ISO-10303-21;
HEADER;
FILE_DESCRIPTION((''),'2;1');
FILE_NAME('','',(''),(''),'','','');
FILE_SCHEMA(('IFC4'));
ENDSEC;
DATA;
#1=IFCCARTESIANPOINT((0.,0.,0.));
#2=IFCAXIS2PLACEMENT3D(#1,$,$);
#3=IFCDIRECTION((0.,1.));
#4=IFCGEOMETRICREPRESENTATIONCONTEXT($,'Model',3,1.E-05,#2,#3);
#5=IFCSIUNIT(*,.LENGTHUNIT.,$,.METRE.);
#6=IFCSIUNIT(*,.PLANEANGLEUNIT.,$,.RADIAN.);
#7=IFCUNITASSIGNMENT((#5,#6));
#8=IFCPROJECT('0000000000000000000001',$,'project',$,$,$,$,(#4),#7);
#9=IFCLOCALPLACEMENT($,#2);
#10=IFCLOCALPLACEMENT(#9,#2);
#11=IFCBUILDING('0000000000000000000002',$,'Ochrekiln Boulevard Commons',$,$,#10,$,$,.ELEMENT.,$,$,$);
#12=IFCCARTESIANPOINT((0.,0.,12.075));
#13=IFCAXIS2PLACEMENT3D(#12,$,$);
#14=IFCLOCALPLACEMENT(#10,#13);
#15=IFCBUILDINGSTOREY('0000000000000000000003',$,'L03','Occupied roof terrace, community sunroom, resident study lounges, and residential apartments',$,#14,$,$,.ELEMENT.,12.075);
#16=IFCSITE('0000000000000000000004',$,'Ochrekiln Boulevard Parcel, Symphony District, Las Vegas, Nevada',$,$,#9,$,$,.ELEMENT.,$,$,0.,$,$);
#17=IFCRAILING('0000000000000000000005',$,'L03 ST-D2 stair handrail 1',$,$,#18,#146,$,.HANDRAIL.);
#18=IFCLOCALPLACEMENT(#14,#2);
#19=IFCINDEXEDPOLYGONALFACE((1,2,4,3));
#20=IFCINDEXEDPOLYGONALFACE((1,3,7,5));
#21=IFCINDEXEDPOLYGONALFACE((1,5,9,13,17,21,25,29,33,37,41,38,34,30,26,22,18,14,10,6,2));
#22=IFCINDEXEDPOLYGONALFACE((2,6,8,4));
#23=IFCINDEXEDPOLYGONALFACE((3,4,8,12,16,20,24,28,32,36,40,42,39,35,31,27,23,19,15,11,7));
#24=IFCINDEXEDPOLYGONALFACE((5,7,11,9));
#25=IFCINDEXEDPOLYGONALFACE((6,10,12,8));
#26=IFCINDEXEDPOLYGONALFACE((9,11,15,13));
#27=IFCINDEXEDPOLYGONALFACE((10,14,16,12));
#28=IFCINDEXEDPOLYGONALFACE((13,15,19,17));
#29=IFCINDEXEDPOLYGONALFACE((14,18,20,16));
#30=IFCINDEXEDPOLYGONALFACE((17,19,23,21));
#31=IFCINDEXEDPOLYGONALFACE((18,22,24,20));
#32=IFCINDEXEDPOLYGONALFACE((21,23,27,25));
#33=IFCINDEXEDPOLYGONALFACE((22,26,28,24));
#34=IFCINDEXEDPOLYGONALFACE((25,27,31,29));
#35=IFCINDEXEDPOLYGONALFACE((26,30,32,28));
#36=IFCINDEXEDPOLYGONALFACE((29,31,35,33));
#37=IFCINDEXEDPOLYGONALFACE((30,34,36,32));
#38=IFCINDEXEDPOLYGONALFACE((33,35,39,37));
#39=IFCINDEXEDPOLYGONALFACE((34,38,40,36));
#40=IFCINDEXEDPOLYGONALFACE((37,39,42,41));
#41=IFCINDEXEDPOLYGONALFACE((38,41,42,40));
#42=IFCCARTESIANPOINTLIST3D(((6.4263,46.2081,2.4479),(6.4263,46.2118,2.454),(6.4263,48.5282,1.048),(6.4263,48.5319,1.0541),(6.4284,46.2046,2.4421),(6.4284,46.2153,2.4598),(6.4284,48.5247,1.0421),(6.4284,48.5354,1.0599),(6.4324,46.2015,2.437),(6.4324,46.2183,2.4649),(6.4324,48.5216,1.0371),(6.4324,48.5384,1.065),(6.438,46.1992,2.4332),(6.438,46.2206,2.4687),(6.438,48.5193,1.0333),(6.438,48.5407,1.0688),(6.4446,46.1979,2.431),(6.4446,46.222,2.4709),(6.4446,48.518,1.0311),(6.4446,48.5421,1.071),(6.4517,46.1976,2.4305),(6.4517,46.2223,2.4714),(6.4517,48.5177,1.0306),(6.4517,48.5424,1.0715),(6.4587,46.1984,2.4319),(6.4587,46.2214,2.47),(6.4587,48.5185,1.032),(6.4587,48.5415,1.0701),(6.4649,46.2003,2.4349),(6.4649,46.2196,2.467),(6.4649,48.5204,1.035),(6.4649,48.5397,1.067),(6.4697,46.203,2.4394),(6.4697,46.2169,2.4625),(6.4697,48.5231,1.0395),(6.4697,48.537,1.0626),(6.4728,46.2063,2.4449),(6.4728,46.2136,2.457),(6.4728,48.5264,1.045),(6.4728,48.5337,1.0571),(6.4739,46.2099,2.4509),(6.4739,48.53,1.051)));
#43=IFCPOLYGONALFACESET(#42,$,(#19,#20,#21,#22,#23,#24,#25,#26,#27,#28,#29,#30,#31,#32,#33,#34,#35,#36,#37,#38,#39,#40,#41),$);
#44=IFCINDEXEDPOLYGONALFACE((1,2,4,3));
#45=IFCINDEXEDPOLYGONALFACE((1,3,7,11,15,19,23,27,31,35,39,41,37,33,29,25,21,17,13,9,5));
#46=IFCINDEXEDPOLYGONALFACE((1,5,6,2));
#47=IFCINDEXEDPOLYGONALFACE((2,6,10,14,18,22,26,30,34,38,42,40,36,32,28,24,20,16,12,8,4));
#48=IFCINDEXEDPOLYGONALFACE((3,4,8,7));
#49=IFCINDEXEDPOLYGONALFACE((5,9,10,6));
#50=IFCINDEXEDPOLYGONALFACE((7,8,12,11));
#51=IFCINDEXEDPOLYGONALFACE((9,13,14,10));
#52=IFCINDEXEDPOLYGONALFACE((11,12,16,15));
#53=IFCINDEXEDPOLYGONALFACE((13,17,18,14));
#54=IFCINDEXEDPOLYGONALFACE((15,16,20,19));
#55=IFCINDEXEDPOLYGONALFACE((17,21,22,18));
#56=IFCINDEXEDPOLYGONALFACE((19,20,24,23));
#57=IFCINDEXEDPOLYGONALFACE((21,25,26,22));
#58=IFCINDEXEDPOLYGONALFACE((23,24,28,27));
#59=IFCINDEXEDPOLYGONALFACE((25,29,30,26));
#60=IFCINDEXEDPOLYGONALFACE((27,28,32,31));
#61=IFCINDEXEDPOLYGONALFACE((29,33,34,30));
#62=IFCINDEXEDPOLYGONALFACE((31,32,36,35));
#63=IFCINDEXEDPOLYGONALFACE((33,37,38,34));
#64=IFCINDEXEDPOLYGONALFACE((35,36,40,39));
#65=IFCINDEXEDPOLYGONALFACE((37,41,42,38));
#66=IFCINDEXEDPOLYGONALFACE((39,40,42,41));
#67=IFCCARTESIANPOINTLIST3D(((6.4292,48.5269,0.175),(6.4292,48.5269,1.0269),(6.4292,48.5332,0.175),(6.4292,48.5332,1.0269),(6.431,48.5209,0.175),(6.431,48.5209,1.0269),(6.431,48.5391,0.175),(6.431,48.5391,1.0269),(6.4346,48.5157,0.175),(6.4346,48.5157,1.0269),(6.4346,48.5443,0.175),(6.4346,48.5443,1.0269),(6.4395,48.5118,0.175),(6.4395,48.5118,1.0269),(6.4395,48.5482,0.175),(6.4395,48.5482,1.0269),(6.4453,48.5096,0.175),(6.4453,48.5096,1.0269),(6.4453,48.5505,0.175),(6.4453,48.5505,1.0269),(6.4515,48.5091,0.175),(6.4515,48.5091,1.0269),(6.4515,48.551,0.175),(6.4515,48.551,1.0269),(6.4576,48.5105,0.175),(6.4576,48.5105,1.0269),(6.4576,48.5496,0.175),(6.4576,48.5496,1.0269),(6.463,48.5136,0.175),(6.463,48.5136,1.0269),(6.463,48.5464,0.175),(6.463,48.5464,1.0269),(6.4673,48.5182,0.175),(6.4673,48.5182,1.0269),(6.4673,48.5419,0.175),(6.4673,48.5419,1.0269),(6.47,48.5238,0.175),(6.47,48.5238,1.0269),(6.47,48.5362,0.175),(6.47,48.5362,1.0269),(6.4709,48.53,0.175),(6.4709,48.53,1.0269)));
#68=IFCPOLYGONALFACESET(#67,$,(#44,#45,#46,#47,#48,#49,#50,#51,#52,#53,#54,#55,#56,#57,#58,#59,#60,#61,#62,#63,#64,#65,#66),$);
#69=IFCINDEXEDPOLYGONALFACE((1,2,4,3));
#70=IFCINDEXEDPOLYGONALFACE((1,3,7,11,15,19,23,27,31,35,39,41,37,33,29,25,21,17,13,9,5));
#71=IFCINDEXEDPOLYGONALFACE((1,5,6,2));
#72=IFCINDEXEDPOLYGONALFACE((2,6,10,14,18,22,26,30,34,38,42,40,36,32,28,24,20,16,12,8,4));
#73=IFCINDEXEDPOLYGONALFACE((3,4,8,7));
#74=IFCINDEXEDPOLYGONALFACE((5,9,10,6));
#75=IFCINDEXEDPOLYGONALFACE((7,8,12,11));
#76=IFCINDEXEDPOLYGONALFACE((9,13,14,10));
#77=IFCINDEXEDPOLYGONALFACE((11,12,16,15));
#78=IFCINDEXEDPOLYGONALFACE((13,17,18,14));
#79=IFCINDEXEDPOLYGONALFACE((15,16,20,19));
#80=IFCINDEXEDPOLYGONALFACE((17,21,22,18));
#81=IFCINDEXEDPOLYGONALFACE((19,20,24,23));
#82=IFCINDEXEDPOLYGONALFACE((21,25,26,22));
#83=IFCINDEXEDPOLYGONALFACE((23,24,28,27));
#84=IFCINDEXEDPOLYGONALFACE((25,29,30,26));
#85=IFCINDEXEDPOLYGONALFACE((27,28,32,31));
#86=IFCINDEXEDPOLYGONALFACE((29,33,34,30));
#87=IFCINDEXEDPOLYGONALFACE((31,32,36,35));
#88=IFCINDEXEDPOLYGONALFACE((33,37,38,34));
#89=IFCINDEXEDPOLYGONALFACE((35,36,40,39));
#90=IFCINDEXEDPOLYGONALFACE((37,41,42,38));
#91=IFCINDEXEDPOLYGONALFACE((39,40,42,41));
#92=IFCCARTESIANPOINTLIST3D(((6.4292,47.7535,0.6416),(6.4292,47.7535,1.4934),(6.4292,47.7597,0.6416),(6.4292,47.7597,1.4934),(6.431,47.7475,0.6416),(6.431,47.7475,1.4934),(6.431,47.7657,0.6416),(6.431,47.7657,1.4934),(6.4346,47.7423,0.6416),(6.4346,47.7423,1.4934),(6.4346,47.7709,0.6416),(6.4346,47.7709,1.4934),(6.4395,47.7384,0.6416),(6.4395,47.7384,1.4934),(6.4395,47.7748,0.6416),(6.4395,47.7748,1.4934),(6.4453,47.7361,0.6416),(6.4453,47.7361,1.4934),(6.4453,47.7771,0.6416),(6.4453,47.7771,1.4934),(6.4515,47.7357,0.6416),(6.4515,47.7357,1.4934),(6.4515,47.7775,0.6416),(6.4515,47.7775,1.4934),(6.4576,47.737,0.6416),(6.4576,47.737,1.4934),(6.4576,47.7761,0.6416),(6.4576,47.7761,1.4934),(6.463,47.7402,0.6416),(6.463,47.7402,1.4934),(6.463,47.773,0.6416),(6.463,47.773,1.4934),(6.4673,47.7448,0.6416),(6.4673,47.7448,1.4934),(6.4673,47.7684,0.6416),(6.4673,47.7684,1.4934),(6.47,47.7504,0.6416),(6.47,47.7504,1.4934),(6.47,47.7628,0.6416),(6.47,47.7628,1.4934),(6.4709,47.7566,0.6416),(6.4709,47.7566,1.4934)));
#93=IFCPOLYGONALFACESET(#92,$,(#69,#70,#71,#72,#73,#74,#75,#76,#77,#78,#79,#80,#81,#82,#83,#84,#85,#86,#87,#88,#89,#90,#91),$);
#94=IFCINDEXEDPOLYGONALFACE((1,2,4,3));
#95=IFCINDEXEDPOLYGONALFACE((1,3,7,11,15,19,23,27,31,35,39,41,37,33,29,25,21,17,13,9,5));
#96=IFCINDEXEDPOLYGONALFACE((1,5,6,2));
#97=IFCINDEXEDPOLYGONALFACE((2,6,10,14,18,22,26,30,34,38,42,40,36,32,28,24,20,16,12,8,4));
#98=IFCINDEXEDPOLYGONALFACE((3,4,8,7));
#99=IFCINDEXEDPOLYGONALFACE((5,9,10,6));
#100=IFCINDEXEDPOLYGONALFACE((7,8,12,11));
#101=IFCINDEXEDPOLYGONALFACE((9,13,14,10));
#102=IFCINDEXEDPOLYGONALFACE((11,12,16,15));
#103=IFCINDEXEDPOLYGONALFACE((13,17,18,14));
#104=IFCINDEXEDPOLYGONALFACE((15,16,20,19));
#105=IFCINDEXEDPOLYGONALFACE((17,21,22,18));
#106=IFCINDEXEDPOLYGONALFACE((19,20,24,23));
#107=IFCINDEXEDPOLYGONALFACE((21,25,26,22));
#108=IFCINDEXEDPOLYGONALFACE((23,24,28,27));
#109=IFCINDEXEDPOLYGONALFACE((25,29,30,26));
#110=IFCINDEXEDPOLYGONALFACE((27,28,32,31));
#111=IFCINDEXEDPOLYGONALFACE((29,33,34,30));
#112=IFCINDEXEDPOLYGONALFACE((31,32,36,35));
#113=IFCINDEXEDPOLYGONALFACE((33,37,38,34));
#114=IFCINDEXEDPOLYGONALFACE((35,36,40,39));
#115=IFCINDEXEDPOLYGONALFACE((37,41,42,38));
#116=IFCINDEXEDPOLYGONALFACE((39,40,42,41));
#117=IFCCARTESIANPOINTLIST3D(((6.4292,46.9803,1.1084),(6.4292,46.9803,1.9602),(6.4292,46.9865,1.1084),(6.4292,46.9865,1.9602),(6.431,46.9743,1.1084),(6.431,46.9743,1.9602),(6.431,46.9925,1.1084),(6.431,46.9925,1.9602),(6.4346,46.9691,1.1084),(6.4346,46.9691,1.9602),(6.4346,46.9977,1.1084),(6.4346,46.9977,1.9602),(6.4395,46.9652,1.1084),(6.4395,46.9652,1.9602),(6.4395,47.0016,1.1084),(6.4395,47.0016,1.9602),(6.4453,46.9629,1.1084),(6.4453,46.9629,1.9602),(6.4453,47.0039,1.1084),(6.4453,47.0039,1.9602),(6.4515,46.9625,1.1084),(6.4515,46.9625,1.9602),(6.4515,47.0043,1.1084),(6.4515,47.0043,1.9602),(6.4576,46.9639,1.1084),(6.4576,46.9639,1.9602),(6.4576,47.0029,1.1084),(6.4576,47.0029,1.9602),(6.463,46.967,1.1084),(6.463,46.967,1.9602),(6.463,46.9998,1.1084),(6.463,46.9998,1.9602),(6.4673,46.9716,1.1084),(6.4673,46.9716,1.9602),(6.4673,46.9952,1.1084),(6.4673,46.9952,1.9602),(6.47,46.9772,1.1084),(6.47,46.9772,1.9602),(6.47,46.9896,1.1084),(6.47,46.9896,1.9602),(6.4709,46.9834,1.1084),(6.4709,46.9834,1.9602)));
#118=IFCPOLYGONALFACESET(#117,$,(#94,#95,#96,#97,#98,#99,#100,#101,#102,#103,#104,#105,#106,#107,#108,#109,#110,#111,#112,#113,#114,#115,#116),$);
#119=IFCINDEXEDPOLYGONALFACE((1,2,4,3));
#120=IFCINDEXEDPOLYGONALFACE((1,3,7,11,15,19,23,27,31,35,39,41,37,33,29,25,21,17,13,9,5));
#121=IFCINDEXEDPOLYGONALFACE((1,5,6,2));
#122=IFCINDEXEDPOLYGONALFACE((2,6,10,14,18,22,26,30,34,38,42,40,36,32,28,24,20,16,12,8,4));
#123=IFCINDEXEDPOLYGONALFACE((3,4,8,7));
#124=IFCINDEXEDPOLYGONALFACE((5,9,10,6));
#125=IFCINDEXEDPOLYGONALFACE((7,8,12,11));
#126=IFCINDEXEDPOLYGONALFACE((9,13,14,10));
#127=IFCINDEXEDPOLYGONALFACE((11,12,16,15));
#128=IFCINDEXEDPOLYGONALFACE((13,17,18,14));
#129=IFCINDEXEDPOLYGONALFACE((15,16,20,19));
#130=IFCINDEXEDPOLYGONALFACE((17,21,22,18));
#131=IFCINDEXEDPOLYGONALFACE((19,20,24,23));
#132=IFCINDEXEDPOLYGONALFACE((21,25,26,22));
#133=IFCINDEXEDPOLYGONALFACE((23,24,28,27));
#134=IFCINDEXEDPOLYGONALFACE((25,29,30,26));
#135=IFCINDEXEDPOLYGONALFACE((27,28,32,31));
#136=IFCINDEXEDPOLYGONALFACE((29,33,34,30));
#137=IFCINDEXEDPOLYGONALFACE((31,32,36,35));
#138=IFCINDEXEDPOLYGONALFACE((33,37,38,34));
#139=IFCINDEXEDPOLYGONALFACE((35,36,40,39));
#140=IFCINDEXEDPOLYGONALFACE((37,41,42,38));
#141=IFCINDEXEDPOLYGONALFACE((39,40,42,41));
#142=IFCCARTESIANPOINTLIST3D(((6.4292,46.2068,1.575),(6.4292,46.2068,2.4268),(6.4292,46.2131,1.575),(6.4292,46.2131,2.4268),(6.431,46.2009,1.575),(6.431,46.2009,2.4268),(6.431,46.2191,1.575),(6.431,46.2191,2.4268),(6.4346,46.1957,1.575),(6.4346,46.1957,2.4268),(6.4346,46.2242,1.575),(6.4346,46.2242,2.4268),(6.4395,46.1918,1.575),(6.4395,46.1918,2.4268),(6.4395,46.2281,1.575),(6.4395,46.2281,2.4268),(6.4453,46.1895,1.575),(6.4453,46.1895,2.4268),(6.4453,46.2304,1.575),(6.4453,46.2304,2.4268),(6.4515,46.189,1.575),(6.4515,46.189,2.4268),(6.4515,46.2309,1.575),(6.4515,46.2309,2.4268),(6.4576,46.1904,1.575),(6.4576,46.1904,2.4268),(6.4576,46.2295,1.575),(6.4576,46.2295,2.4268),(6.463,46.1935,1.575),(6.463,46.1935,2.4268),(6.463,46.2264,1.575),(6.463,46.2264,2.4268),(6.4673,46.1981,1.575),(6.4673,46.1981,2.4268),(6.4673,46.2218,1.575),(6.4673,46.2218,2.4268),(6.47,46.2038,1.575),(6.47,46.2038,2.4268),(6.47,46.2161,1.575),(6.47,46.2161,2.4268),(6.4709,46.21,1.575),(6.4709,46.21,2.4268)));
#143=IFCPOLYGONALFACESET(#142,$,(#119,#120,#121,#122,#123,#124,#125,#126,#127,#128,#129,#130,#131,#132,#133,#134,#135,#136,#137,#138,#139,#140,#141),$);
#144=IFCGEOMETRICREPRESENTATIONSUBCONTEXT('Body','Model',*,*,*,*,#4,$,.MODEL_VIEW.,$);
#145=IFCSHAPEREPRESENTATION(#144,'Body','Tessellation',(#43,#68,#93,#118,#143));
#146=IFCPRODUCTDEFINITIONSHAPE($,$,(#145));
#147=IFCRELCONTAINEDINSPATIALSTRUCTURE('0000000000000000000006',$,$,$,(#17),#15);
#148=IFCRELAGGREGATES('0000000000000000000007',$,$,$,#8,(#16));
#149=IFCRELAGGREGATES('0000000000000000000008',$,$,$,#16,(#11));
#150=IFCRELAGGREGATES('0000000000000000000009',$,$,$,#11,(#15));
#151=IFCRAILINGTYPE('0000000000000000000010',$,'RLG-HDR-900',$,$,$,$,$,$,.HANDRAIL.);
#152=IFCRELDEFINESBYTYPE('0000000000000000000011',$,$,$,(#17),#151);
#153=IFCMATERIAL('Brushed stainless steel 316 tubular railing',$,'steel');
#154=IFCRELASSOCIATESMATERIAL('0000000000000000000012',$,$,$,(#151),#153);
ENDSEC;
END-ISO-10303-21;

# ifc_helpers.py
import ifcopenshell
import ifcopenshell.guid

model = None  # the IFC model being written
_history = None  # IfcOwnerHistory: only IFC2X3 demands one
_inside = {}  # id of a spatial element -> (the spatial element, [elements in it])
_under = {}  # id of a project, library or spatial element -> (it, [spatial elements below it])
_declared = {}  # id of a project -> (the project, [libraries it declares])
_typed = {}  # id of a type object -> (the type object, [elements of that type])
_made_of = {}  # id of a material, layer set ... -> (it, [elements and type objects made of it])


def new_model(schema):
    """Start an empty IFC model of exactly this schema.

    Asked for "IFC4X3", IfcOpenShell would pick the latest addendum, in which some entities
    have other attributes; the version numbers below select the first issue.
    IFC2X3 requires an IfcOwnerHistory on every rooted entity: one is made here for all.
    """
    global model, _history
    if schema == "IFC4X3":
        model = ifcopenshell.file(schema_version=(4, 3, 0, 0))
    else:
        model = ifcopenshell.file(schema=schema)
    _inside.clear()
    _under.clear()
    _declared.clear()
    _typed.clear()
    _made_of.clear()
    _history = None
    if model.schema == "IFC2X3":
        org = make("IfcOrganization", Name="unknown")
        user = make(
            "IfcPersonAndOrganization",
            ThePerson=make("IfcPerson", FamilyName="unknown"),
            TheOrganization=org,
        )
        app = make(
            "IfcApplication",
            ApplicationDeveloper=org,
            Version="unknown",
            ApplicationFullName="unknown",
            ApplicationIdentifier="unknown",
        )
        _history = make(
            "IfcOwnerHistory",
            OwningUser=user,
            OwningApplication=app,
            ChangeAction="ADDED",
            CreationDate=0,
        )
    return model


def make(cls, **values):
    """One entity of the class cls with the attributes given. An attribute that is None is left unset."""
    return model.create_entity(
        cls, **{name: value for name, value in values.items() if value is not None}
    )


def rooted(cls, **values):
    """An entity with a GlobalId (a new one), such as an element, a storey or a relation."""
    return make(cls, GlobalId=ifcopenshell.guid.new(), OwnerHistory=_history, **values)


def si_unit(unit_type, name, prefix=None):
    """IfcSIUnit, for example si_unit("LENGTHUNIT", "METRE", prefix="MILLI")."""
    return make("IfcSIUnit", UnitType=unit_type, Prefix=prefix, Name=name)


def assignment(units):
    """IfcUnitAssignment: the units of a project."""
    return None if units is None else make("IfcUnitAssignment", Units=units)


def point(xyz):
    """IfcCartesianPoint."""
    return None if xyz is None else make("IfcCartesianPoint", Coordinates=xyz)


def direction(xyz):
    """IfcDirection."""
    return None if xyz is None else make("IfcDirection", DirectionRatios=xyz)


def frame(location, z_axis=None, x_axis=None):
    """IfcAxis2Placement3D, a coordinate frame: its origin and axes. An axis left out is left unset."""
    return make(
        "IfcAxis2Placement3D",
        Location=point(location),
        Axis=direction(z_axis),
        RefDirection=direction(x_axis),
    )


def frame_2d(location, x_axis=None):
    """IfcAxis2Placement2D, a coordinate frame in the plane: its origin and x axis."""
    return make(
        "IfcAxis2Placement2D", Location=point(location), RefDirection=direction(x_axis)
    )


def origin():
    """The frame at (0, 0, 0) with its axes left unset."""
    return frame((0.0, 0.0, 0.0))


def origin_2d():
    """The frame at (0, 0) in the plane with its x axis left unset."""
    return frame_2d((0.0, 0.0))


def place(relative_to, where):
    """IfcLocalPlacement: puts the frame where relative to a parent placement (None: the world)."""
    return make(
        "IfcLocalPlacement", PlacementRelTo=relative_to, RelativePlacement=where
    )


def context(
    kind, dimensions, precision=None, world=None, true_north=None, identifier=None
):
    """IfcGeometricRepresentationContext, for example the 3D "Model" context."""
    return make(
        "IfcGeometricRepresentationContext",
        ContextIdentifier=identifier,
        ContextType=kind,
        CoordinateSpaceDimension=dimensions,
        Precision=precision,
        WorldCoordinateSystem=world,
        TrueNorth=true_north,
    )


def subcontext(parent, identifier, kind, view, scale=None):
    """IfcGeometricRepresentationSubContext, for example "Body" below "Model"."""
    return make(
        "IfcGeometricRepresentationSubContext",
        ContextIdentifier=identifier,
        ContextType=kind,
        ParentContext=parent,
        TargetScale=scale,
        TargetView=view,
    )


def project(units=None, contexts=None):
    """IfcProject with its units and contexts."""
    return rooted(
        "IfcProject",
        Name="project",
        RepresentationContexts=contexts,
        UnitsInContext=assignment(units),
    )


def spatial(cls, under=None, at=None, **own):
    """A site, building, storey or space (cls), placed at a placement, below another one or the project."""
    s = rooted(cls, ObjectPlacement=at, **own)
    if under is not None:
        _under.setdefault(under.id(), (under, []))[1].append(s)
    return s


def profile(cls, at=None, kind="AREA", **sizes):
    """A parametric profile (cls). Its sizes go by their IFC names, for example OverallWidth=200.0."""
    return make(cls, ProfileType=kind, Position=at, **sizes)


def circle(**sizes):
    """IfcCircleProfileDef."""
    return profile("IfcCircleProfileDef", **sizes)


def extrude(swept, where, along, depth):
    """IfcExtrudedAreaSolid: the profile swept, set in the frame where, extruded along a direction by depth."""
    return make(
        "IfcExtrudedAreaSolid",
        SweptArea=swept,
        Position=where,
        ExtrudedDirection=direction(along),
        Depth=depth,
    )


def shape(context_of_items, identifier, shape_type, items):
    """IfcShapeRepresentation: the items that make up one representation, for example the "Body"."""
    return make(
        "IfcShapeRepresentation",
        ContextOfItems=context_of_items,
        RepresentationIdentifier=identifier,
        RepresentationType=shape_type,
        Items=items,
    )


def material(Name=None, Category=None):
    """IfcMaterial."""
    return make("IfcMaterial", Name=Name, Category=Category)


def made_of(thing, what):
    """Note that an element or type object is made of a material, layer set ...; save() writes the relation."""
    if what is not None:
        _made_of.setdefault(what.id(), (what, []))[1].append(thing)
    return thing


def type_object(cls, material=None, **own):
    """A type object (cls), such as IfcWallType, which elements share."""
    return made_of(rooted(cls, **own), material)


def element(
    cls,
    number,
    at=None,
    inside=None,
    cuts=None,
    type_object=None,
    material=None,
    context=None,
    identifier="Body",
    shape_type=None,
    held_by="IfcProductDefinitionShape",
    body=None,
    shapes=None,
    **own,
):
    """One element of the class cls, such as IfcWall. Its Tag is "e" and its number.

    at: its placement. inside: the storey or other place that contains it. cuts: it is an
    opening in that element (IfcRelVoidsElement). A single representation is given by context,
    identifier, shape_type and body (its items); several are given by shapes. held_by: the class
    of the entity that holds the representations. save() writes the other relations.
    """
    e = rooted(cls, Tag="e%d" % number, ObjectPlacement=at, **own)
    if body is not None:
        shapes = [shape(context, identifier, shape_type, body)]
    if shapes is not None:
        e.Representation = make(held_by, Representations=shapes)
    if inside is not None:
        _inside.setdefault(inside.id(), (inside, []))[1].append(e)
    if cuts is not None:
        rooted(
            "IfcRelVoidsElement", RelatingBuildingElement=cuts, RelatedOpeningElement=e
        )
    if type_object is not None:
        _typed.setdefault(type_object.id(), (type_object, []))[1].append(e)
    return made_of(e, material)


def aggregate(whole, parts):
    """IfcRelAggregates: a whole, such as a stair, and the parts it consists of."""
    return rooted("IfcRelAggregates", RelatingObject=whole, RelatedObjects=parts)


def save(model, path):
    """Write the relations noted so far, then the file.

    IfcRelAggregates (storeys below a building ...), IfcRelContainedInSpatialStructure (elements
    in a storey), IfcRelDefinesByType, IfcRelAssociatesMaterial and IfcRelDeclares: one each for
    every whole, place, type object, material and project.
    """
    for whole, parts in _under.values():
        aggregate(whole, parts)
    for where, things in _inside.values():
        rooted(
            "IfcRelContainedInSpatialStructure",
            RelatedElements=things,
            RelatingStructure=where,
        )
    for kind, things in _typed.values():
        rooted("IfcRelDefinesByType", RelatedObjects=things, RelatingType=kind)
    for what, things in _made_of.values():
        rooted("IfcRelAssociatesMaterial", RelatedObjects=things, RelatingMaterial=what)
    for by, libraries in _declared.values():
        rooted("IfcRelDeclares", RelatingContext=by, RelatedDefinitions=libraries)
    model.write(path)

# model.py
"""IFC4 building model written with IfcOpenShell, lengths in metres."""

from ifc_helpers import new_model, si_unit, direction, frame, origin, origin_2d, place, context, subcontext, project, spatial, circle, extrude, material, type_object, element, save


model = new_model("IFC4")

# Units and contexts
model_context = context("Model", 3, precision=1e-05, world=origin(), true_north=direction((0.0, 1.0)))
body_context = subcontext(model_context, "Body", "Model", "MODEL_VIEW")
ifc_project = project(units=[si_unit("LENGTHUNIT", "METRE"), si_unit("PLANEANGLEUNIT", "RADIAN")], contexts=[model_context])

# Site, building, storey
site_placement = place(None, origin())
site = spatial("IfcSite", under=ifc_project, at=site_placement, Name="Ochrekiln Boulevard Parcel, Symphony District, Las Vegas, Nevada", CompositionType="ELEMENT", RefElevation=0.0)
building_placement = place(site_placement, origin())
building = spatial("IfcBuilding", under=site, at=building_placement, Name="Ochrekiln Boulevard Commons", CompositionType="ELEMENT")
storey_placement = place(building_placement, frame((0.0, 0.0, 12.075)))
storey = spatial("IfcBuildingStorey", under=building, at=storey_placement, Name="L03", Description="Occupied roof terrace, community sunroom, resident study lounges, and residential apartments", CompositionType="ELEMENT", Elevation=12.075)

# Railing
ifc_material_1 = material(Name="Brushed stainless steel 316 tubular railing", Category="steel")
railing_type_1 = type_object("IfcRailingType", Name="RLG-HDR-900", PredefinedType="HANDRAIL", material=ifc_material_1)
railing_1_placement = place(storey_placement, frame((6.45, 48.53, 0.175)))
element("IfcRailing", 1, at=railing_1_placement, inside=storey, type_object=railing_type_1, Name="L03 ST-D2 stair handrail 1", PredefinedType="HANDRAIL", context=body_context, shape_type="SweptSolid", body=[
    extrude(circle(Radius=0.0239, at=origin_2d()), frame((0.0, 0.0, 0.876), z_axis=(0.0, -0.85621, 0.516627), x_axis=(1.0, 0.0, 0.0)), (0.0, 0.0, 1.0), 2.7097),
    extrude(circle(Radius=0.021, at=origin_2d()), origin(), (0.0, 0.0, 1.0), 0.8518),
    extrude(circle(Radius=0.021, at=origin_2d()), frame((0.0, -0.7734, 0.4666)), (0.0, 0.0, 1.0), 0.8518),
    extrude(circle(Radius=0.021, at=origin_2d()), frame((0.0, -1.5466, 0.9333)), (0.0, 0.0, 1.0), 0.8518),
    extrude(circle(Radius=0.021, at=origin_2d()), frame((0.0, -2.3201, 1.3999)), (0.0, 0.0, 1.0), 0.8518),
])

save(model, "model.ifc")
